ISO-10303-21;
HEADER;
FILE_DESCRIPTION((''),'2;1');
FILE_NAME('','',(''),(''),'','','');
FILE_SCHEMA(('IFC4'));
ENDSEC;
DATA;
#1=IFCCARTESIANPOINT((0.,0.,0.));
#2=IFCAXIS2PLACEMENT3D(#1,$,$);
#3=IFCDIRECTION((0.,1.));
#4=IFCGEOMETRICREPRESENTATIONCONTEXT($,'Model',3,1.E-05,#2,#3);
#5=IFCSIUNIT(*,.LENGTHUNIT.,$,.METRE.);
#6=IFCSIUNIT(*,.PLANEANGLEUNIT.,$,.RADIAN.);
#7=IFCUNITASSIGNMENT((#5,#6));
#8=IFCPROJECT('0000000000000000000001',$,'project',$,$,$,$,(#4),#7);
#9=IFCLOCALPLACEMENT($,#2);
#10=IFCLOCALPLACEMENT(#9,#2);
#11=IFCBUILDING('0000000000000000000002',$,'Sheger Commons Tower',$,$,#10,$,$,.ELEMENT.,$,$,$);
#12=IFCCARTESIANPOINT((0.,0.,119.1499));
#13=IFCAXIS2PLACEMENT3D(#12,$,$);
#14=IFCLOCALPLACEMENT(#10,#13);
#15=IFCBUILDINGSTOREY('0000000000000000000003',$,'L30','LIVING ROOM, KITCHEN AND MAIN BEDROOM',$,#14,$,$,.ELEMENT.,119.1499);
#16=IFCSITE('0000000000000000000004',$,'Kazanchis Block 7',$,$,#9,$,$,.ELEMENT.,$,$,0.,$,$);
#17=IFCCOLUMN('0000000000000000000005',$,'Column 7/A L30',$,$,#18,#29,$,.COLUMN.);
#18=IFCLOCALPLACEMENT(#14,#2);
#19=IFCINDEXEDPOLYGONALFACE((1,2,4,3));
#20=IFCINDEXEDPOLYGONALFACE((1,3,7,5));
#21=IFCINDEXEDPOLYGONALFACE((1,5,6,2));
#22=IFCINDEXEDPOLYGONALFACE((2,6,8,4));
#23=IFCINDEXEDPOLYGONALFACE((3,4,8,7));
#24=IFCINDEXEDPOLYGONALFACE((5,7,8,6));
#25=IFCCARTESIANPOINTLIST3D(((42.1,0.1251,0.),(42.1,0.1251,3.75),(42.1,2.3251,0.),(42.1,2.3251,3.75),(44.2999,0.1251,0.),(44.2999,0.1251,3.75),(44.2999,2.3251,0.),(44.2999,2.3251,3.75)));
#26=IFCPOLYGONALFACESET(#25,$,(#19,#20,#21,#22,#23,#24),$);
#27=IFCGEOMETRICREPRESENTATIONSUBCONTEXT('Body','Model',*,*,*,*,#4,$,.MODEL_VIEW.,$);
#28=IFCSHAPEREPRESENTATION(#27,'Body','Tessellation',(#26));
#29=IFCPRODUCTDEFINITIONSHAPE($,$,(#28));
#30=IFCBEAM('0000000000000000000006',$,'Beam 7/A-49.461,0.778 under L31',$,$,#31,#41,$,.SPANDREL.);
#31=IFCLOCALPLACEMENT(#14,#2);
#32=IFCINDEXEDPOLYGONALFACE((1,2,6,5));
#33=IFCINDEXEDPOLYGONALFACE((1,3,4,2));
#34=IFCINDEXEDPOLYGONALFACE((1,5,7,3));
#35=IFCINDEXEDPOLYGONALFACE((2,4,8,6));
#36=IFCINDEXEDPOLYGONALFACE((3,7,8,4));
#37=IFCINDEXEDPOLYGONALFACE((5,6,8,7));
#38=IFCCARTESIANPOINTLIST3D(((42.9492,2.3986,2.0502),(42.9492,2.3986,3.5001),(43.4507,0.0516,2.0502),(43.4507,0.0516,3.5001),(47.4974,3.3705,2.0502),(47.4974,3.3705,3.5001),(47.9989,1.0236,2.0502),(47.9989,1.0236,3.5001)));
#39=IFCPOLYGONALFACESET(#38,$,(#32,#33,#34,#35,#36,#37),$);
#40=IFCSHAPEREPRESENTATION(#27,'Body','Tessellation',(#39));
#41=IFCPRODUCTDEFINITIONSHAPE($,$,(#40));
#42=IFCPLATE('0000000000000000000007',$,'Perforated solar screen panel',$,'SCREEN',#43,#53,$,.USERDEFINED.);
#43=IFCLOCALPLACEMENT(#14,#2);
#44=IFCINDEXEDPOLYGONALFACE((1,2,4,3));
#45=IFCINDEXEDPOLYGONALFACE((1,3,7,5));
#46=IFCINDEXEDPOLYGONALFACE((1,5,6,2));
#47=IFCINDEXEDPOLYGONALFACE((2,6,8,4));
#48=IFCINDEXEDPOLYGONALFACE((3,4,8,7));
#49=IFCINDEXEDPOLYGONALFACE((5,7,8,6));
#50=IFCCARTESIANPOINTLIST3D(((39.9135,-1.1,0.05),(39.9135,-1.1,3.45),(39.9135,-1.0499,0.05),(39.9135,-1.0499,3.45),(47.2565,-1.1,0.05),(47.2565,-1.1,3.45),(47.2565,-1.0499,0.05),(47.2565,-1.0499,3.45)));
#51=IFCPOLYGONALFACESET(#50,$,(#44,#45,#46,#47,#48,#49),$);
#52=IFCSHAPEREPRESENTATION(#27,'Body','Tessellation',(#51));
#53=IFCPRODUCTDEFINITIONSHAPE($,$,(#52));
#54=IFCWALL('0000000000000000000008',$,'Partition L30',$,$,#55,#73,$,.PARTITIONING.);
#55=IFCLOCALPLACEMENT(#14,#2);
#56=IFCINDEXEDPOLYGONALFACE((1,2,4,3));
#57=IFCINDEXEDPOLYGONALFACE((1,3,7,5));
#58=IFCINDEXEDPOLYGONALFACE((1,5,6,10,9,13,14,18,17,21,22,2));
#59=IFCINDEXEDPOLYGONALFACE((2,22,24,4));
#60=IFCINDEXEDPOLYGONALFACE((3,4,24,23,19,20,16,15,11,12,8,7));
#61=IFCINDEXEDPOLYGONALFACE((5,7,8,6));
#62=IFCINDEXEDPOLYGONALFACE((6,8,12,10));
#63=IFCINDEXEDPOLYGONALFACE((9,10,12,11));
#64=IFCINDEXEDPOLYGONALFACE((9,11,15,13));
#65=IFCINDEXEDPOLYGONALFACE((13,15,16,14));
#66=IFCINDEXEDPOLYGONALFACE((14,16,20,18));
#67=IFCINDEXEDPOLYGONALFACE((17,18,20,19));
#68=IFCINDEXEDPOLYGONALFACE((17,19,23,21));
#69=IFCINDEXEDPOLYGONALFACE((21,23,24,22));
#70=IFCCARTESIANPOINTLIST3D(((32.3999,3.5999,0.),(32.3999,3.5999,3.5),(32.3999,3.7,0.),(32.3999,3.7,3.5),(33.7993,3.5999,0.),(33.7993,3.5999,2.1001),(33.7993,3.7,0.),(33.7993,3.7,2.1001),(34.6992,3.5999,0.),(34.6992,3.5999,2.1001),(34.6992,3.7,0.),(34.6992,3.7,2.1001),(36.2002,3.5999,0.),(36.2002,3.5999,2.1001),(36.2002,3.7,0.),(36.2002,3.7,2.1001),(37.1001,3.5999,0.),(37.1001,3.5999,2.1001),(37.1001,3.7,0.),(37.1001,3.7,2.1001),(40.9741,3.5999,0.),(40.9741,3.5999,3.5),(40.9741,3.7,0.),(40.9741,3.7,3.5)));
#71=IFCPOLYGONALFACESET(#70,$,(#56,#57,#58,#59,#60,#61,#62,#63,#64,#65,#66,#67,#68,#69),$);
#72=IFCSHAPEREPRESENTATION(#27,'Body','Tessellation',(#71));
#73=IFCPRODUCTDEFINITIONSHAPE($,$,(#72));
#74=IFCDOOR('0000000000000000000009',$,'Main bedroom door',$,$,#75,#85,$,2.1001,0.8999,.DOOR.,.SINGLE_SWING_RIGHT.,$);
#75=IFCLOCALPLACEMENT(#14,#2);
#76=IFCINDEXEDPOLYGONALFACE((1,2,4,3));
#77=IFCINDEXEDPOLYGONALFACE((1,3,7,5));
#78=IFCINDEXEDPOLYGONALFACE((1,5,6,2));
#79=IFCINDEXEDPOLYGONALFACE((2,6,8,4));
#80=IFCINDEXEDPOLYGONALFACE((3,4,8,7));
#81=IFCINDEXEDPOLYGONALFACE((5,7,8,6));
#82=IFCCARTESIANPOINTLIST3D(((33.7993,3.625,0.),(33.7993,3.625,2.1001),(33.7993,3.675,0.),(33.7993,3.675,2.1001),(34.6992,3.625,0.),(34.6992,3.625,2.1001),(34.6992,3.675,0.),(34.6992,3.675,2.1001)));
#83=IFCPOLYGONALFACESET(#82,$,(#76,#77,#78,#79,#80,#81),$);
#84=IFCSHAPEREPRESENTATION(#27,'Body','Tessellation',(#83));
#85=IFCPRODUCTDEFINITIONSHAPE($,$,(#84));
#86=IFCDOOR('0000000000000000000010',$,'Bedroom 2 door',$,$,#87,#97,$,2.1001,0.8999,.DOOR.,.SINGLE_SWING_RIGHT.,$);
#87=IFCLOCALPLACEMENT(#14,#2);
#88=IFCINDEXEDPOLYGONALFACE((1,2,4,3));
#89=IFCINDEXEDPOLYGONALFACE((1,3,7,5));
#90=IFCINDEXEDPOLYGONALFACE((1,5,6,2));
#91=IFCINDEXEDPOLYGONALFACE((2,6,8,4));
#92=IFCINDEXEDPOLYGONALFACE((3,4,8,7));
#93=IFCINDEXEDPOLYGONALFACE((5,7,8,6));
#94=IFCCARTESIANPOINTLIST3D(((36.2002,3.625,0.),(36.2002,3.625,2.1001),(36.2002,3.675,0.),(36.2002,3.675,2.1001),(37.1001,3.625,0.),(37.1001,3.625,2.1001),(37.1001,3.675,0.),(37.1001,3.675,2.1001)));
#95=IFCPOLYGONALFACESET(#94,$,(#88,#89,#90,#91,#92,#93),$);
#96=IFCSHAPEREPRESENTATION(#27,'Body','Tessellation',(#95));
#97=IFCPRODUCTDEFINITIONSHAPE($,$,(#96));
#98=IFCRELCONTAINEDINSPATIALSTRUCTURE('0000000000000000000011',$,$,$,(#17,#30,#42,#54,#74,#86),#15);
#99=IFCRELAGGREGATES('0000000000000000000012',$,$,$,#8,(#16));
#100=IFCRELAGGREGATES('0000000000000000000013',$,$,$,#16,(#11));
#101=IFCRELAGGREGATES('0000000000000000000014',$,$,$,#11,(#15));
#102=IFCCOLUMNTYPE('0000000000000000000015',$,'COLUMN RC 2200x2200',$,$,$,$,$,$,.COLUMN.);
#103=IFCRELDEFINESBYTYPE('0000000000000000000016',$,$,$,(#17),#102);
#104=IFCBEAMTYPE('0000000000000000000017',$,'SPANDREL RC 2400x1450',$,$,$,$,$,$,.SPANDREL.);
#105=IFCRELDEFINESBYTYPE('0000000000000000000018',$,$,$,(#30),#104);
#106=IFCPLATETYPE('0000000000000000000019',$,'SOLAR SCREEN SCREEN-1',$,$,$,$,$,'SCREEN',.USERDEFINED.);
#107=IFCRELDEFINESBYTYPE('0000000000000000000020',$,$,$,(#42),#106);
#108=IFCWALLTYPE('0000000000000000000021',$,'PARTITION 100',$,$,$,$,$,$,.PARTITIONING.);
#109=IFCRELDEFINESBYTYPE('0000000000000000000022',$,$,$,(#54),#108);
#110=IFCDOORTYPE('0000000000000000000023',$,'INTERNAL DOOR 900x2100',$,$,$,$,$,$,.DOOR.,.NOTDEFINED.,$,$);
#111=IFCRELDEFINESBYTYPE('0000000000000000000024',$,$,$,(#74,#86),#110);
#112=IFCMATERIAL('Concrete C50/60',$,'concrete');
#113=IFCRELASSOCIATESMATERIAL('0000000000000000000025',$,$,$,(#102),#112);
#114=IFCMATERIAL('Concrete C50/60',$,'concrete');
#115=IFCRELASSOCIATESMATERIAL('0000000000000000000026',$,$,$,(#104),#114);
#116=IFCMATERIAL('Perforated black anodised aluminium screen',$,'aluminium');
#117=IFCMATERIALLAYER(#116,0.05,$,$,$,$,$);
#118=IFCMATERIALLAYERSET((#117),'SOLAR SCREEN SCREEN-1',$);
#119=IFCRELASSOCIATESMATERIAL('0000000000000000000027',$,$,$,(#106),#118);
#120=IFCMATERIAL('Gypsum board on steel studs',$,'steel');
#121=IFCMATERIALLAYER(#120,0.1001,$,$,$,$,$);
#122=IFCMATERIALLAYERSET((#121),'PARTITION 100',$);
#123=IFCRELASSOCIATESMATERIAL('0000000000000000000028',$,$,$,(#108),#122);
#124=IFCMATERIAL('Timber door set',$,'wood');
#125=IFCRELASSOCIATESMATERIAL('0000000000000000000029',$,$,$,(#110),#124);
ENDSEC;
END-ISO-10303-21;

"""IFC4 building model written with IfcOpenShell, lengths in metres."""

from ifc_helpers import new_model, si_unit, direction, frame, frame_2d, origin, origin_2d, place, context, subcontext, project, spatial, rectangle, extrude, material, layer, layer_set, material_profile, profile_set, type_object, element, fill, save


model = new_model("IFC4")

# Units and contexts
model_context = context("Model", 3, precision=1e-05, world=origin(), true_north=direction((0.0, 1.0)))
body_context = subcontext(model_context, "Body", "Model", "MODEL_VIEW")
ifc_project = project(units=[si_unit("LENGTHUNIT", "METRE"), si_unit("PLANEANGLEUNIT", "RADIAN")], contexts=[model_context])

# Site, building, storey
site_placement = place(None, origin())
site = spatial("IfcSite", under=ifc_project, at=site_placement, Name="Kazanchis Block 7", CompositionType="ELEMENT", RefElevation=0.0)
building_placement = place(site_placement, origin())
building = spatial("IfcBuilding", under=site, at=building_placement, Name="Sheger Commons Tower", CompositionType="ELEMENT")
storey_placement = place(building_placement, frame((0.0, 0.0, 119.1499)))
storey = spatial("IfcBuildingStorey", under=building, at=storey_placement, Name="L30", Description="LIVING ROOM, KITCHEN AND MAIN BEDROOM", CompositionType="ELEMENT", Elevation=119.1499)

# Column
ifc_material_1 = material(Name="Concrete C50/60", Category="concrete")
ifc_material_profile_1 = material_profile(ifc_material_1, rectangle(XDim=2.2, YDim=2.2, at=origin_2d()), Name="RC 2200x2200")
ifc_profile_set_1 = profile_set([ifc_material_profile_1], Name="Concrete C50/60")
column_type = type_object("IfcColumnType", Name="COLUMN RC 2200x2200", PredefinedType="COLUMN", material=ifc_profile_set_1)
column_placement = place(storey_placement, frame((43.2, 1.2251, 0.0), z_axis=(0.0, 0.0, 1.0), x_axis=(1.0, 0.0, 0.0)))
element("IfcColumn", 1, at=column_placement, inside=storey, type_object=column_type, Name="Column 7/A L30", PredefinedType="COLUMN", context=body_context, shape_type="SweptSolid", body=[
    extrude(rectangle(XDim=2.2, YDim=2.2, at=origin_2d()), origin(), (0.0, 0.0, 1.0), 3.75),
])

# Beam
ifc_material_2 = material(Name="Concrete C50/60", Category="concrete")
ifc_material_profile_2 = material_profile(ifc_material_2, rectangle(XDim=2.3999, YDim=1.45, at=origin_2d()), Name="RC 2400x1450")
ifc_profile_set_2 = profile_set([ifc_material_profile_2], Name="Concrete C50/60")
beam_type = type_object("IfcBeamType", Name="SPANDREL RC 2400x1450", PredefinedType="SPANDREL", material=ifc_profile_set_2)
beam_placement = place(storey_placement, frame((43.2, 1.2251, 2.7751), z_axis=(0.97792, 0.208981, 0.0), x_axis=(-0.208981, 0.97792, 0.0)))
element("IfcBeam", 2, at=beam_placement, inside=storey, type_object=beam_type, Name="Beam 7/A-49.461,0.778 under L31", PredefinedType="SPANDREL", context=body_context, shape_type="SweptSolid", body=[
    extrude(rectangle(XDim=2.3999, YDim=1.45, at=origin_2d()), origin(), (0.0, 0.0, 1.0), 4.6509),
])

# Plate
ifc_material_3 = material(Name="Perforated black anodised aluminium screen", Category="aluminium")
ifc_layer_1 = layer(ifc_material_3, 0.05)
ifc_layer_set_1 = layer_set([ifc_layer_1], Name="SOLAR SCREEN SCREEN-1")
plate_type = type_object("IfcPlateType", Name="SOLAR SCREEN SCREEN-1", ElementType="SCREEN", PredefinedType="USERDEFINED", material=ifc_layer_set_1)
plate_placement = place(storey_placement, frame((43.585, -1.075, 0.05), z_axis=(0.0, 0.0, 1.0), x_axis=(1.0, 0.0, 0.0)))
element("IfcPlate", 3, at=plate_placement, inside=storey, type_object=plate_type, Name="Perforated solar screen panel", ObjectType="SCREEN", PredefinedType="USERDEFINED", context=body_context, shape_type="SweptSolid", body=[
    extrude(rectangle(XDim=7.343, YDim=0.05, at=origin_2d()), origin(), (0.0, 0.0, 1.0), 3.3999),
])

# Wall, openings, doors
ifc_material_4 = material(Name="Gypsum board on steel studs", Category="steel")
ifc_layer_2 = layer(ifc_material_4, 0.1001)
ifc_layer_set_2 = layer_set([ifc_layer_2], Name="PARTITION 100")
wall_type = type_object("IfcWallType", Name="PARTITION 100", PredefinedType="PARTITIONING", material=ifc_layer_set_2)
wall_1_placement = place(storey_placement, frame((40.9741, 3.6499, 0.0), z_axis=(0.0, 0.0, 1.0), x_axis=(-1.0, 0.0, 0.0)))
wall_1 = element("IfcWall", 4, at=wall_1_placement, inside=storey, type_object=wall_type, Name="Partition L30", PredefinedType="PARTITIONING", context=body_context, shape_type="SweptSolid", body=[
    extrude(rectangle(XDim=8.5742, YDim=0.1001, at=frame_2d((4.2871, 0.0))), origin(), (0.0, 0.0, 1.0), 3.5),
])
opening_1_placement = place(wall_1_placement, frame((6.2749, 0.0, 0.0)))
opening_1 = element("IfcOpeningElement", 5, at=opening_1_placement, cuts=wall_1, PredefinedType="OPENING", context=body_context, shape_type="SweptSolid", body=[
    extrude(rectangle(XDim=0.8999, YDim=2.1001, at=frame_2d((0.45, 1.05))), frame((0.0, 0.0601, 0.0), z_axis=(0.0, -1.0, 0.0), x_axis=(1.0, 0.0, 0.0)), (0.0, 0.0, 1.0), 0.1201),
])
opening_2_placement = place(wall_1_placement, frame((3.874, 0.0, 0.0)))
opening_2 = element("IfcOpeningElement", 6, at=opening_2_placement, cuts=wall_1, PredefinedType="OPENING", context=body_context, shape_type="SweptSolid", body=[
    extrude(rectangle(XDim=0.8999, YDim=2.1001, at=frame_2d((0.45, 1.05))), frame((0.0, 0.0601, 0.0), z_axis=(0.0, -1.0, 0.0), x_axis=(1.0, 0.0, 0.0)), (0.0, 0.0, 1.0), 0.1201),
])
ifc_material_5 = material(Name="Timber door set", Category="wood")
door_type = type_object("IfcDoorType", Name="INTERNAL DOOR 900x2100", OperationType="NOTDEFINED", PredefinedType="DOOR", material=ifc_material_5)
door_1_placement = place(opening_1_placement, origin())
door_1 = element("IfcDoor", 7, at=door_1_placement, inside=storey, type_object=door_type, Name="Main bedroom door", OperationType="SINGLE_SWING_RIGHT", OverallHeight=2.1001, OverallWidth=0.8999, PredefinedType="DOOR", context=body_context, shape_type="SweptSolid", body=[
    extrude(rectangle(XDim=0.8999, YDim=2.1001, at=frame_2d((0.45, 1.05))), frame((0.0, 0.0249, 0.0), z_axis=(0.0, -1.0, 0.0), x_axis=(1.0, 0.0, 0.0)), (0.0, 0.0, 1.0), 0.05),
])
fill(opening_1, door_1)
door_2_placement = place(opening_2_placement, origin())
door_2 = element("IfcDoor", 8, at=door_2_placement, inside=storey, type_object=door_type, Name="Bedroom 2 door", OperationType="SINGLE_SWING_RIGHT", OverallHeight=2.1001, OverallWidth=0.8999, PredefinedType="DOOR", context=body_context, shape_type="SweptSolid", body=[
    extrude(rectangle(XDim=0.8999, YDim=2.1001, at=frame_2d((0.45, 1.05))), frame((0.0, 0.0249, 0.0), z_axis=(0.0, -1.0, 0.0), x_axis=(1.0, 0.0, 0.0)), (0.0, 0.0, 1.0), 0.05),
])
fill(opening_2, door_2)

save(model, "model.ifc")
